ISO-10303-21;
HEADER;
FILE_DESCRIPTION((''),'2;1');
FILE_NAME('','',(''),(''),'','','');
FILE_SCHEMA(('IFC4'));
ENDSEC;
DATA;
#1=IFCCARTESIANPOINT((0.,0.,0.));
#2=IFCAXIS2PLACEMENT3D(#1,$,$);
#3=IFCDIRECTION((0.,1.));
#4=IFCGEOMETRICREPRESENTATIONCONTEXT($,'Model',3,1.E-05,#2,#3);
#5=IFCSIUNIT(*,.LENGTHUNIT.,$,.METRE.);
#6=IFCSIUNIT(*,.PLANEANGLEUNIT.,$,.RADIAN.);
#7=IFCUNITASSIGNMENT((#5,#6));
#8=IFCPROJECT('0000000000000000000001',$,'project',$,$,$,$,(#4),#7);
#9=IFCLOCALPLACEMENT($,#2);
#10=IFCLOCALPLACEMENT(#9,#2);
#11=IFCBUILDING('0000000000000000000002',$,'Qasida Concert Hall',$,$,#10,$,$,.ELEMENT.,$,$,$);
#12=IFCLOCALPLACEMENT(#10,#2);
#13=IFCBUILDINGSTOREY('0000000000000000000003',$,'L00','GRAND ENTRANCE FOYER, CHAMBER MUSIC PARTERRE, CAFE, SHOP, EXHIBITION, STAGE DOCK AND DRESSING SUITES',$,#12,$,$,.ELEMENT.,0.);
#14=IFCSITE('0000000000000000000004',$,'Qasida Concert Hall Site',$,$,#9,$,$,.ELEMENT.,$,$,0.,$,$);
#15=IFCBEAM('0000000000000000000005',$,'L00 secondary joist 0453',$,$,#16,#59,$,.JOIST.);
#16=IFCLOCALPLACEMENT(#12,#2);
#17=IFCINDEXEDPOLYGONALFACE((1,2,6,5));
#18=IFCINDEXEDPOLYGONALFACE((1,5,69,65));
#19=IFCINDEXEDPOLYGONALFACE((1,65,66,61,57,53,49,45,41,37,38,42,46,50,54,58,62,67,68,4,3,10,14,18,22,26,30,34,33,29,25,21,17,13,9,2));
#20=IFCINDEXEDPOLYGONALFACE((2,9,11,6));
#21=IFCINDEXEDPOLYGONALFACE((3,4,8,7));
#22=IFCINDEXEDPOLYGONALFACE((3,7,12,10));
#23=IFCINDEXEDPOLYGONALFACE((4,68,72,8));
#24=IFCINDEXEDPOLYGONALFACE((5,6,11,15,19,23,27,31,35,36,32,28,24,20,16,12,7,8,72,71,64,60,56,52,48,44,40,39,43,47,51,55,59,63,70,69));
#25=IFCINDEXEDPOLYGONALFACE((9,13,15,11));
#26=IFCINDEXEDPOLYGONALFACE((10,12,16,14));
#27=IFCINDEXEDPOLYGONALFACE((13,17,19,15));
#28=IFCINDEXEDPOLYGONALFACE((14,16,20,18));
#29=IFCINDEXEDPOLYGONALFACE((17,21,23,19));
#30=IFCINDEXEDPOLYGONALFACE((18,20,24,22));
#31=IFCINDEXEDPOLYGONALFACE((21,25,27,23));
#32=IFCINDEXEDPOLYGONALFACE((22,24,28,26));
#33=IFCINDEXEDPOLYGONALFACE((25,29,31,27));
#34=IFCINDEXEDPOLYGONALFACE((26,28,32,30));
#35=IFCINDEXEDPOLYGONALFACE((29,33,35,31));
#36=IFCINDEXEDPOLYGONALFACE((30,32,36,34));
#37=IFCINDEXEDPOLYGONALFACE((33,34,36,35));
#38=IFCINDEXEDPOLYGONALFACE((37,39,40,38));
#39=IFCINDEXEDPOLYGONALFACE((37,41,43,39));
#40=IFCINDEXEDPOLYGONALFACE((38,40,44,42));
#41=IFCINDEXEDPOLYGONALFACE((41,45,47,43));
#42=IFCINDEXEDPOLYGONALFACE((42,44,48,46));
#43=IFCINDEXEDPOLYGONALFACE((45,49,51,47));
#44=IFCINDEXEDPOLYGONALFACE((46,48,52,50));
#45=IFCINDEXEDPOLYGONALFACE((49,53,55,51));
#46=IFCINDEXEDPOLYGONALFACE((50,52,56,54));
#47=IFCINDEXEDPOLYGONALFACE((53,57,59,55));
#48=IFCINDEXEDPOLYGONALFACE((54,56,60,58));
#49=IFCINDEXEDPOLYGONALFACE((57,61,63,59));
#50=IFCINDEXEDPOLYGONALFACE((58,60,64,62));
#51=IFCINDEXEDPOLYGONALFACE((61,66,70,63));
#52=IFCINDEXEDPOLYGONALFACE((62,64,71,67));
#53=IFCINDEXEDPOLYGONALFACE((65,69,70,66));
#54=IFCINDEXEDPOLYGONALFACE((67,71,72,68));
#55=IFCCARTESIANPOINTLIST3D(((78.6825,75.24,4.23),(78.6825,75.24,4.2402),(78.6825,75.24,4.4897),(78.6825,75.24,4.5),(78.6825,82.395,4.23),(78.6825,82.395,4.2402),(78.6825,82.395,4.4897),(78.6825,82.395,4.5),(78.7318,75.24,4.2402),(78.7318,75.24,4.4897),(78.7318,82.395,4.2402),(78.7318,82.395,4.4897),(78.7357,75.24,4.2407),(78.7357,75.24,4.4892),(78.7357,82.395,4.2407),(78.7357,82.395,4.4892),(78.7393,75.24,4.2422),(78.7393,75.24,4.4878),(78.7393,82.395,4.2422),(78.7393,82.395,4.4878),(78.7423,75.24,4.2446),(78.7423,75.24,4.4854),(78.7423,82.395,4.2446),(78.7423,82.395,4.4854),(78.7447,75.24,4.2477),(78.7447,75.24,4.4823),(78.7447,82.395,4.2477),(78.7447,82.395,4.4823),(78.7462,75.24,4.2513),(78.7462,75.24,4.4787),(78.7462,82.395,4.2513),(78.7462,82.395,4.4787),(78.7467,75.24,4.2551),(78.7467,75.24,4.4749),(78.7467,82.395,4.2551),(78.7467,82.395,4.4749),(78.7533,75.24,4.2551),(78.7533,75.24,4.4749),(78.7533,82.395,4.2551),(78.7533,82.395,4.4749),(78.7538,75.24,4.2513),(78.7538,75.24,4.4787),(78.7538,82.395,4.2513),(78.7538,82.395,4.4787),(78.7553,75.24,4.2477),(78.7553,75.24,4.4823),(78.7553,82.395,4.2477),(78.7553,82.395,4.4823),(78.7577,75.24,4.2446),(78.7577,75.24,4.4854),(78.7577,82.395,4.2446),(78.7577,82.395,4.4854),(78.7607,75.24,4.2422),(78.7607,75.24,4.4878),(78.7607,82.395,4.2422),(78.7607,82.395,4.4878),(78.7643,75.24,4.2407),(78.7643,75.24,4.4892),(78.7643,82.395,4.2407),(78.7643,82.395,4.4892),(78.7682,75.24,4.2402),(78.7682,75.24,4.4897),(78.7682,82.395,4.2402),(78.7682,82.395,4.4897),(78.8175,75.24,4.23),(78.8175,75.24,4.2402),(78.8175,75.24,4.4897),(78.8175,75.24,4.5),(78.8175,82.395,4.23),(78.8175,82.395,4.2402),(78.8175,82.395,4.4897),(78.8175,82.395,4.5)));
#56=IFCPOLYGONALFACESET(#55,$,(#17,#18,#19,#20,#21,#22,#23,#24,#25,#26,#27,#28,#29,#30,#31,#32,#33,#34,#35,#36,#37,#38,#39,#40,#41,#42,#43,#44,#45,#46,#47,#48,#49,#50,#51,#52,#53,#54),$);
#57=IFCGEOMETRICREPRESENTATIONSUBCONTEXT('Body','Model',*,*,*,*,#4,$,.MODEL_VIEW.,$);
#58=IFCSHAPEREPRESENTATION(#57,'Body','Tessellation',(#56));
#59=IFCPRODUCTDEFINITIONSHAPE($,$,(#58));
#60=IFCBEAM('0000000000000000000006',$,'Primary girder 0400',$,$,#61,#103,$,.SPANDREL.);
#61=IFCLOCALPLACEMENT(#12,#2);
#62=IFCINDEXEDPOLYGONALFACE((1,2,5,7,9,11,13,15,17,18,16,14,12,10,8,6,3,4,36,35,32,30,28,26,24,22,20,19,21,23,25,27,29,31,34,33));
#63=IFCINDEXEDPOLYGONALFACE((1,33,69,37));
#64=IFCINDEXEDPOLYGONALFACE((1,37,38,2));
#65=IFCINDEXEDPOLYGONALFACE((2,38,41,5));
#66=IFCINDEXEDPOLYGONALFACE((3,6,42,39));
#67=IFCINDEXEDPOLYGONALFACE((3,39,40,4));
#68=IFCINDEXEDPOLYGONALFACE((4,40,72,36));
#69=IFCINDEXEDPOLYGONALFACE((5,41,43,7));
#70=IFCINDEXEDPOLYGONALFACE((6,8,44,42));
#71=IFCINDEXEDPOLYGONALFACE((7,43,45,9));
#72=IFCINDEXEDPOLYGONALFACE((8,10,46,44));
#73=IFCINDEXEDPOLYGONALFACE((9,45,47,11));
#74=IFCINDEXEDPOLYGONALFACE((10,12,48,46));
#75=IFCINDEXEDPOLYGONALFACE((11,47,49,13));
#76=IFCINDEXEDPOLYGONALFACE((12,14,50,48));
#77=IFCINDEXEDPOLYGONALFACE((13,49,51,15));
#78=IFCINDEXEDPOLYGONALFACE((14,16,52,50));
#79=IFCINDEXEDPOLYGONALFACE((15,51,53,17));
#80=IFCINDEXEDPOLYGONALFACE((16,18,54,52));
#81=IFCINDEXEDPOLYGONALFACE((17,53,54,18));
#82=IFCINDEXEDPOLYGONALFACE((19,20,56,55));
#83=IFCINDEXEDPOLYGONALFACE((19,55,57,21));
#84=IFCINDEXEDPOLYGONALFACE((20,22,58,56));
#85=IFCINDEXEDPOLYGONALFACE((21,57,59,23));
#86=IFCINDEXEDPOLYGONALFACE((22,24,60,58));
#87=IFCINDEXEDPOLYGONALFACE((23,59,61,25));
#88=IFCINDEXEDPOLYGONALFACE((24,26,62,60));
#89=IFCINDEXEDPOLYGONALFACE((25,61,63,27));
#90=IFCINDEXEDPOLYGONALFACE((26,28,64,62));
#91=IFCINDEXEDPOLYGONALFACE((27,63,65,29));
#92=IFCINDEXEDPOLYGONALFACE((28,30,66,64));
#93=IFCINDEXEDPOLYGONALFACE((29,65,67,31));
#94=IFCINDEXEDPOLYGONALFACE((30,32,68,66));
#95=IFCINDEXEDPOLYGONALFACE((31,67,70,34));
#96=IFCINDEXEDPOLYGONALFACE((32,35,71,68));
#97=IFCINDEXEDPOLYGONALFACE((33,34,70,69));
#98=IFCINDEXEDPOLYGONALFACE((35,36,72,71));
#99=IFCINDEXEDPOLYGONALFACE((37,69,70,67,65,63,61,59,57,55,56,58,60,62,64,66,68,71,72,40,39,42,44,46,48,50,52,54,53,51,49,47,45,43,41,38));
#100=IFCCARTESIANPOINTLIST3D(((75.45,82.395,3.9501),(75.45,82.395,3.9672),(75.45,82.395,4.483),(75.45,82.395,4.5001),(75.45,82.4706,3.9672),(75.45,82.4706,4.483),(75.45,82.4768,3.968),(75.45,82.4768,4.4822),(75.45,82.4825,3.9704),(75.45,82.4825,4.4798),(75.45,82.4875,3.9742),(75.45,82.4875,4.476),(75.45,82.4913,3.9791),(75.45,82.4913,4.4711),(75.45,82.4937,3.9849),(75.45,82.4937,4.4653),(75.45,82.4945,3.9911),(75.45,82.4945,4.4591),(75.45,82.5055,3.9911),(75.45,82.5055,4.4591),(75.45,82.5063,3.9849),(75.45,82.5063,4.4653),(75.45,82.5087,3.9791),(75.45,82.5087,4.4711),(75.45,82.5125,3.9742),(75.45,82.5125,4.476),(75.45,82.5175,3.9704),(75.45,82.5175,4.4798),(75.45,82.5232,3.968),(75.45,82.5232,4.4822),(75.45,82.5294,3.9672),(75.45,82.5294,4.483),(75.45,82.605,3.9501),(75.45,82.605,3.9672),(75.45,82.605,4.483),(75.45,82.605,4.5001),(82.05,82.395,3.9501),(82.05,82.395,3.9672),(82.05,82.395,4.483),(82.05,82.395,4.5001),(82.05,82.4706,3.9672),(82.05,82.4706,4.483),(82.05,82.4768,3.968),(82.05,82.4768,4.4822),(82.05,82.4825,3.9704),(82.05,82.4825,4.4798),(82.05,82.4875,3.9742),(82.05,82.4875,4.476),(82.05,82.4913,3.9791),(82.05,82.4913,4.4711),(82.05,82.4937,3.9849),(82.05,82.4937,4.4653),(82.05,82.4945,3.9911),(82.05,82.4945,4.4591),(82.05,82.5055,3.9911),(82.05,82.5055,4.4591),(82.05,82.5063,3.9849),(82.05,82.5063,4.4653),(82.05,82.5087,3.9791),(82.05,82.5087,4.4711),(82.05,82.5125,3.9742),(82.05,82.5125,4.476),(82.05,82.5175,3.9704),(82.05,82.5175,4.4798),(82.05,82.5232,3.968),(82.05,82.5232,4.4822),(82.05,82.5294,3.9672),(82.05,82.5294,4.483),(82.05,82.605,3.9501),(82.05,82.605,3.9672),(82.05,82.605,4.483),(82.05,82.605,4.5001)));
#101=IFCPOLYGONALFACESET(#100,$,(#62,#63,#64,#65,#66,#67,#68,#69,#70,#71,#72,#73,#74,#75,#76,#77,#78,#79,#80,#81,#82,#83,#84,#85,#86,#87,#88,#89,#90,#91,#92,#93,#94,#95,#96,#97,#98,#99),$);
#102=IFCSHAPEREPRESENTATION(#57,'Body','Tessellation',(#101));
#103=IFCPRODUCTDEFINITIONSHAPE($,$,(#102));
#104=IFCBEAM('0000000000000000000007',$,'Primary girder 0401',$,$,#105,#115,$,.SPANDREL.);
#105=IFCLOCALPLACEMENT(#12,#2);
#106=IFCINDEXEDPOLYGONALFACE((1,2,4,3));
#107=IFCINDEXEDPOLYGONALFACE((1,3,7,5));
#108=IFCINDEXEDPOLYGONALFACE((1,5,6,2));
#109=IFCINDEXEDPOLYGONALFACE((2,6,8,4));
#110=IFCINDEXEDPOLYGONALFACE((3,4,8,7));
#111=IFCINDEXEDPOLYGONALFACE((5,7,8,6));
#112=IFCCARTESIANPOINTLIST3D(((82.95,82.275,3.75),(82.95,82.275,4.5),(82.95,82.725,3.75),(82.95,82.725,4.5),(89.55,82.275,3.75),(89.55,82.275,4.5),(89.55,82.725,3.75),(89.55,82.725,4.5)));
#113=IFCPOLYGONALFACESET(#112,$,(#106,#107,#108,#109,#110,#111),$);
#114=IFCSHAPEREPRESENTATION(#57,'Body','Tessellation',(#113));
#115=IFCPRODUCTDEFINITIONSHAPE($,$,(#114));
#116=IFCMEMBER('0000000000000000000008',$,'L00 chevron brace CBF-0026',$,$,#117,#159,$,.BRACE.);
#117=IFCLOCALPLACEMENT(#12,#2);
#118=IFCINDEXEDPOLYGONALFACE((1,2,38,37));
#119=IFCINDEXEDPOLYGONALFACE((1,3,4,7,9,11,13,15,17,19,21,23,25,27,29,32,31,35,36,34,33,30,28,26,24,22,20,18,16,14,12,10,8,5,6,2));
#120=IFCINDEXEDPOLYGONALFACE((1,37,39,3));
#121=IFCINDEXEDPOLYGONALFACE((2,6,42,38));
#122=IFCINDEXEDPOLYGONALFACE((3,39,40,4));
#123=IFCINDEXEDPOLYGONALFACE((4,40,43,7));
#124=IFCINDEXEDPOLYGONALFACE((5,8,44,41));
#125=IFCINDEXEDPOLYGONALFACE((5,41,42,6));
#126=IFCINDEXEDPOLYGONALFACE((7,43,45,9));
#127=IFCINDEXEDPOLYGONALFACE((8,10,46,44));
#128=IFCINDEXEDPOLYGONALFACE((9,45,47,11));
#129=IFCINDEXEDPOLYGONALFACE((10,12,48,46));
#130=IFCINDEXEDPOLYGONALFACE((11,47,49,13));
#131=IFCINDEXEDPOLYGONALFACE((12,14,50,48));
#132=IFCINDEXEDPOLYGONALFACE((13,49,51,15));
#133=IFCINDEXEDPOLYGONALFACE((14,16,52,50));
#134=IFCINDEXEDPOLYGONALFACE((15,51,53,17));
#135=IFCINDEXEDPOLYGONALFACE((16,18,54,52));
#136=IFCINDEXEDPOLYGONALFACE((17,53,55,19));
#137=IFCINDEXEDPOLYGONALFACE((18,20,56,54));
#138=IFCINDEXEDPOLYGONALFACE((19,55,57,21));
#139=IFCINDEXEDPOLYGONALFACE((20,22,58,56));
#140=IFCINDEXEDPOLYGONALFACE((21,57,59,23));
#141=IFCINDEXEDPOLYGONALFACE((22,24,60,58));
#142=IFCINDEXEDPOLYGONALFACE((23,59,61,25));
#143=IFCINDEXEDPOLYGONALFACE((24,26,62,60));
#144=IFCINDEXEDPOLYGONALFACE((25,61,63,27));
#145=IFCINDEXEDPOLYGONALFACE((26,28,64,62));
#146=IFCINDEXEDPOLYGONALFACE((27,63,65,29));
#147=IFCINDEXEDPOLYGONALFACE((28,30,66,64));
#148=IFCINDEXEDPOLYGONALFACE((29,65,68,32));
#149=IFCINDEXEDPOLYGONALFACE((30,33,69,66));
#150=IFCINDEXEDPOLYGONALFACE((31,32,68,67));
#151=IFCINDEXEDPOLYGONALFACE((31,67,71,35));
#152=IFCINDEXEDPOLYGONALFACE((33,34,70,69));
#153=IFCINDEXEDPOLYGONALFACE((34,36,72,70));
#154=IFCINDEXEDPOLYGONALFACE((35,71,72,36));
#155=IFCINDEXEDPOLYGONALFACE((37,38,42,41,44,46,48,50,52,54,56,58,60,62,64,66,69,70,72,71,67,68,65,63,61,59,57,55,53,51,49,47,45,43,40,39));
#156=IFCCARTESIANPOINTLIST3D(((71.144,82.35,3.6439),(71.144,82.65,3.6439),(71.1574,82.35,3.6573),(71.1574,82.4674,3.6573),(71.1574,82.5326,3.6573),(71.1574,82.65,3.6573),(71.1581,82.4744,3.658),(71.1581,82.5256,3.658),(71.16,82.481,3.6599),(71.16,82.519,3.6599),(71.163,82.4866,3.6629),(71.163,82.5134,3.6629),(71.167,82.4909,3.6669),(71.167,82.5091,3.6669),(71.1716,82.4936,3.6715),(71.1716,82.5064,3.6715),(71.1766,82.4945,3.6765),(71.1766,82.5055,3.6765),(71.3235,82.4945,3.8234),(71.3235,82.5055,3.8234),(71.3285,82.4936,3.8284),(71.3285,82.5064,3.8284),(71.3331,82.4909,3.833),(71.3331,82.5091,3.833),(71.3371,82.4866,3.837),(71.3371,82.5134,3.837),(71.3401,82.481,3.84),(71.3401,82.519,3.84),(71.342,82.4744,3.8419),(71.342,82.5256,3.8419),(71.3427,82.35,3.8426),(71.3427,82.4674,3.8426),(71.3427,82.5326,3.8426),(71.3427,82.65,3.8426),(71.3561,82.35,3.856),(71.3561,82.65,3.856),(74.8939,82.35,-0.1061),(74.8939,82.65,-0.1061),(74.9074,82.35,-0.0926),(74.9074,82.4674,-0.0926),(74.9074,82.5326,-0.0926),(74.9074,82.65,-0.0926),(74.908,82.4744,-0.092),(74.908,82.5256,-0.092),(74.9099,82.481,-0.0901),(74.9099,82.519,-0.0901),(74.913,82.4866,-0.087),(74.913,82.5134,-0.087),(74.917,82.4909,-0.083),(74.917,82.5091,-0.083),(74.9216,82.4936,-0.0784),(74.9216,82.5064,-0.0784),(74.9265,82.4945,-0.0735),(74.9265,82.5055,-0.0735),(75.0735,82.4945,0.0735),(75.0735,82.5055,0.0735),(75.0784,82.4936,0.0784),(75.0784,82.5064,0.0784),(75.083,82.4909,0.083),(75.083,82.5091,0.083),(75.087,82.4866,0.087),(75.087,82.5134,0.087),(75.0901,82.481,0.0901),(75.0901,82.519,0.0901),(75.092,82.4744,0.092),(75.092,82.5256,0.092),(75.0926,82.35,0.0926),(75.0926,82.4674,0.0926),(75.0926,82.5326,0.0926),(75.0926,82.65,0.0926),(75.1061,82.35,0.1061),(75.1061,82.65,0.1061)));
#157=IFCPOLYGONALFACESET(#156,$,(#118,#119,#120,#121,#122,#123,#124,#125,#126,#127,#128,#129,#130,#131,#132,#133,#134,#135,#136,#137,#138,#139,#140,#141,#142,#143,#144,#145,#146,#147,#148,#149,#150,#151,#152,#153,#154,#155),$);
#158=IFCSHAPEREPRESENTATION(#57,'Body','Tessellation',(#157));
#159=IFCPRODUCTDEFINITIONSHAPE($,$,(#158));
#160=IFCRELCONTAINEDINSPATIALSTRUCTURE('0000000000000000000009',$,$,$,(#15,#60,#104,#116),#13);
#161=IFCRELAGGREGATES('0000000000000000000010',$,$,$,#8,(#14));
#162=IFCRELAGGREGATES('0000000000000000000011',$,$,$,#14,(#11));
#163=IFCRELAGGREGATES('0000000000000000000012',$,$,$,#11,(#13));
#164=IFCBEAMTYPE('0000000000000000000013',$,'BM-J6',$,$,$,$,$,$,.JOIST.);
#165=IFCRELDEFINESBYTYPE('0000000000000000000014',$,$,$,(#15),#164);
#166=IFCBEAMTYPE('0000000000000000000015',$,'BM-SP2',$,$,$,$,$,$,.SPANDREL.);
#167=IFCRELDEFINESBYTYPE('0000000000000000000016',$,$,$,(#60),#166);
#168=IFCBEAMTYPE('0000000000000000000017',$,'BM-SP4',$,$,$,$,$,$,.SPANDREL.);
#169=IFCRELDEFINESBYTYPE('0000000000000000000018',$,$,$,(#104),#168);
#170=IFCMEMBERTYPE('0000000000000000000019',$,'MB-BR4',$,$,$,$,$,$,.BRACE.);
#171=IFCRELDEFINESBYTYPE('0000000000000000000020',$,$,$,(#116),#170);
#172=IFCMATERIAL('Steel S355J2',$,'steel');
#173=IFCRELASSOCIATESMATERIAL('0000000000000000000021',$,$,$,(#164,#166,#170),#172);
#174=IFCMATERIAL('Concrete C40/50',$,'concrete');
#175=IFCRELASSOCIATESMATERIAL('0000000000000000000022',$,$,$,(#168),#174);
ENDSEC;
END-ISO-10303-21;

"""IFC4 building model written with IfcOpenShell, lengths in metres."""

from ifc_helpers import new_model, si_unit, direction, frame, origin, origin_2d, place, context, subcontext, project, spatial, rectangle, i_section, extrude, material, material_profile, profile_set, type_object, element, save


model = new_model("IFC4")

# Units and contexts
model_context = context("Model", 3, precision=1e-05, world=origin(), true_north=direction((0.0, 1.0)))
body_context = subcontext(model_context, "Body", "Model", "MODEL_VIEW")
ifc_project = project(units=[si_unit("LENGTHUNIT", "METRE"), si_unit("PLANEANGLEUNIT", "RADIAN")], contexts=[model_context])

# Site, building, storey
site_placement = place(None, origin())
site = spatial("IfcSite", under=ifc_project, at=site_placement, Name="Qasida Concert Hall Site", CompositionType="ELEMENT", RefElevation=0.0)
building_placement = place(site_placement, origin())
building = spatial("IfcBuilding", under=site, at=building_placement, Name="Qasida Concert Hall", CompositionType="ELEMENT")
storey_placement = place(building_placement, origin())
storey = spatial("IfcBuildingStorey", under=building, at=storey_placement, Name="L00", Description="GRAND ENTRANCE FOYER, CHAMBER MUSIC PARTERRE, CAFE, SHOP, EXHIBITION, STAGE DOCK AND DRESSING SUITES", CompositionType="ELEMENT", Elevation=0.0)

# Beams
ifc_material_1 = material(Name="Concrete C40/50", Category="concrete")
ifc_material_2 = material(Name="Steel S355J2", Category="steel")
ifc_material_profile_1 = material_profile(ifc_material_2, i_section(OverallWidth=0.135, OverallDepth=0.27, WebThickness=0.0066, FlangeThickness=0.0103, FilletRadius=0.0149, at=origin_2d()), Name="IPE 270")
ifc_profile_set_1 = profile_set([ifc_material_profile_1], Name="Steel S355J2")
beam_type_1 = type_object("IfcBeamType", Name="BM-J6", PredefinedType="JOIST", material=ifc_profile_set_1)
beam_1_placement = place(storey_placement, frame((78.75, 75.24, 4.365), z_axis=(0.0, 1.0, 0.0), x_axis=(-1.0, 0.0, 0.0)))
element("IfcBeam", 1, at=beam_1_placement, inside=storey, type_object=beam_type_1, Name="L00 secondary joist 0453", PredefinedType="JOIST", context=body_context, shape_type="SweptSolid", body=[
    extrude(i_section(OverallWidth=0.135, OverallDepth=0.27, WebThickness=0.0066, FlangeThickness=0.0103, FilletRadius=0.0149, at=origin_2d()), origin(), (0.0, 0.0, 1.0), 7.155),
])
ifc_material_profile_2 = material_profile(ifc_material_2, i_section(OverallWidth=0.21, OverallDepth=0.55, WebThickness=0.011, FlangeThickness=0.0171, FilletRadius=0.0239, at=origin_2d()), Name="IPE 550")
ifc_profile_set_2 = profile_set([ifc_material_profile_2], Name="Steel S355J2")
beam_type_2 = type_object("IfcBeamType", Name="BM-SP2", PredefinedType="SPANDREL", material=ifc_profile_set_2)
beam_2_placement = place(storey_placement, frame((75.45, 82.5, 4.2251), z_axis=(1.0, 0.0, 0.0), x_axis=(0.0, 1.0, 0.0)))
element("IfcBeam", 2, at=beam_2_placement, inside=storey, type_object=beam_type_2, Name="Primary girder 0400", PredefinedType="SPANDREL", context=body_context, shape_type="SweptSolid", body=[
    extrude(i_section(OverallWidth=0.21, OverallDepth=0.55, WebThickness=0.011, FlangeThickness=0.0171, FilletRadius=0.0239, at=origin_2d()), origin(), (0.0, 0.0, 1.0), 6.6001),
])
ifc_material_profile_3 = material_profile(ifc_material_1, rectangle(XDim=0.45, YDim=0.75, at=origin_2d()), Name="RC 450x750")
ifc_profile_set_3 = profile_set([ifc_material_profile_3], Name="Concrete C40/50")
beam_type_3 = type_object("IfcBeamType", Name="BM-SP4", PredefinedType="SPANDREL", material=ifc_profile_set_3)
beam_3_placement = place(storey_placement, frame((82.95, 82.5, 4.125), z_axis=(1.0, 0.0, 0.0), x_axis=(0.0, 1.0, 0.0)))
element("IfcBeam", 3, at=beam_3_placement, inside=storey, type_object=beam_type_3, Name="Primary girder 0401", PredefinedType="SPANDREL", context=body_context, shape_type="SweptSolid", body=[
    extrude(rectangle(XDim=0.45, YDim=0.75, at=origin_2d()), origin(), (0.0, 0.0, 1.0), 6.6001),
])

# Member
ifc_material_profile_4 = material_profile(ifc_material_2, i_section(OverallWidth=0.3, OverallDepth=0.3, WebThickness=0.011, FlangeThickness=0.019, FilletRadius=0.0271, at=origin_2d()), Name="HEB 300")
ifc_profile_set_4 = profile_set([ifc_material_profile_4], Name="Steel S355J2")
member_type_1 = type_object("IfcMemberType", Name="MB-BR4", PredefinedType="BRACE", material=ifc_profile_set_4)
member_1_placement = place(storey_placement, frame((75.0, 82.5, 0.0), z_axis=(-0.707107, 0.0, 0.707107), x_axis=(0.0, -1.0, 0.0)))
element("IfcMember", 4, at=member_1_placement, inside=storey, type_object=member_type_1, Name="L00 chevron brace CBF-0026", PredefinedType="BRACE", context=body_context, shape_type="SweptSolid", body=[
    extrude(i_section(OverallWidth=0.3, OverallDepth=0.3, WebThickness=0.011, FlangeThickness=0.019, FilletRadius=0.0271, at=origin_2d()), origin(), (0.0, 0.0, 1.0), 5.3032),
])

save(model, "model.ifc")
